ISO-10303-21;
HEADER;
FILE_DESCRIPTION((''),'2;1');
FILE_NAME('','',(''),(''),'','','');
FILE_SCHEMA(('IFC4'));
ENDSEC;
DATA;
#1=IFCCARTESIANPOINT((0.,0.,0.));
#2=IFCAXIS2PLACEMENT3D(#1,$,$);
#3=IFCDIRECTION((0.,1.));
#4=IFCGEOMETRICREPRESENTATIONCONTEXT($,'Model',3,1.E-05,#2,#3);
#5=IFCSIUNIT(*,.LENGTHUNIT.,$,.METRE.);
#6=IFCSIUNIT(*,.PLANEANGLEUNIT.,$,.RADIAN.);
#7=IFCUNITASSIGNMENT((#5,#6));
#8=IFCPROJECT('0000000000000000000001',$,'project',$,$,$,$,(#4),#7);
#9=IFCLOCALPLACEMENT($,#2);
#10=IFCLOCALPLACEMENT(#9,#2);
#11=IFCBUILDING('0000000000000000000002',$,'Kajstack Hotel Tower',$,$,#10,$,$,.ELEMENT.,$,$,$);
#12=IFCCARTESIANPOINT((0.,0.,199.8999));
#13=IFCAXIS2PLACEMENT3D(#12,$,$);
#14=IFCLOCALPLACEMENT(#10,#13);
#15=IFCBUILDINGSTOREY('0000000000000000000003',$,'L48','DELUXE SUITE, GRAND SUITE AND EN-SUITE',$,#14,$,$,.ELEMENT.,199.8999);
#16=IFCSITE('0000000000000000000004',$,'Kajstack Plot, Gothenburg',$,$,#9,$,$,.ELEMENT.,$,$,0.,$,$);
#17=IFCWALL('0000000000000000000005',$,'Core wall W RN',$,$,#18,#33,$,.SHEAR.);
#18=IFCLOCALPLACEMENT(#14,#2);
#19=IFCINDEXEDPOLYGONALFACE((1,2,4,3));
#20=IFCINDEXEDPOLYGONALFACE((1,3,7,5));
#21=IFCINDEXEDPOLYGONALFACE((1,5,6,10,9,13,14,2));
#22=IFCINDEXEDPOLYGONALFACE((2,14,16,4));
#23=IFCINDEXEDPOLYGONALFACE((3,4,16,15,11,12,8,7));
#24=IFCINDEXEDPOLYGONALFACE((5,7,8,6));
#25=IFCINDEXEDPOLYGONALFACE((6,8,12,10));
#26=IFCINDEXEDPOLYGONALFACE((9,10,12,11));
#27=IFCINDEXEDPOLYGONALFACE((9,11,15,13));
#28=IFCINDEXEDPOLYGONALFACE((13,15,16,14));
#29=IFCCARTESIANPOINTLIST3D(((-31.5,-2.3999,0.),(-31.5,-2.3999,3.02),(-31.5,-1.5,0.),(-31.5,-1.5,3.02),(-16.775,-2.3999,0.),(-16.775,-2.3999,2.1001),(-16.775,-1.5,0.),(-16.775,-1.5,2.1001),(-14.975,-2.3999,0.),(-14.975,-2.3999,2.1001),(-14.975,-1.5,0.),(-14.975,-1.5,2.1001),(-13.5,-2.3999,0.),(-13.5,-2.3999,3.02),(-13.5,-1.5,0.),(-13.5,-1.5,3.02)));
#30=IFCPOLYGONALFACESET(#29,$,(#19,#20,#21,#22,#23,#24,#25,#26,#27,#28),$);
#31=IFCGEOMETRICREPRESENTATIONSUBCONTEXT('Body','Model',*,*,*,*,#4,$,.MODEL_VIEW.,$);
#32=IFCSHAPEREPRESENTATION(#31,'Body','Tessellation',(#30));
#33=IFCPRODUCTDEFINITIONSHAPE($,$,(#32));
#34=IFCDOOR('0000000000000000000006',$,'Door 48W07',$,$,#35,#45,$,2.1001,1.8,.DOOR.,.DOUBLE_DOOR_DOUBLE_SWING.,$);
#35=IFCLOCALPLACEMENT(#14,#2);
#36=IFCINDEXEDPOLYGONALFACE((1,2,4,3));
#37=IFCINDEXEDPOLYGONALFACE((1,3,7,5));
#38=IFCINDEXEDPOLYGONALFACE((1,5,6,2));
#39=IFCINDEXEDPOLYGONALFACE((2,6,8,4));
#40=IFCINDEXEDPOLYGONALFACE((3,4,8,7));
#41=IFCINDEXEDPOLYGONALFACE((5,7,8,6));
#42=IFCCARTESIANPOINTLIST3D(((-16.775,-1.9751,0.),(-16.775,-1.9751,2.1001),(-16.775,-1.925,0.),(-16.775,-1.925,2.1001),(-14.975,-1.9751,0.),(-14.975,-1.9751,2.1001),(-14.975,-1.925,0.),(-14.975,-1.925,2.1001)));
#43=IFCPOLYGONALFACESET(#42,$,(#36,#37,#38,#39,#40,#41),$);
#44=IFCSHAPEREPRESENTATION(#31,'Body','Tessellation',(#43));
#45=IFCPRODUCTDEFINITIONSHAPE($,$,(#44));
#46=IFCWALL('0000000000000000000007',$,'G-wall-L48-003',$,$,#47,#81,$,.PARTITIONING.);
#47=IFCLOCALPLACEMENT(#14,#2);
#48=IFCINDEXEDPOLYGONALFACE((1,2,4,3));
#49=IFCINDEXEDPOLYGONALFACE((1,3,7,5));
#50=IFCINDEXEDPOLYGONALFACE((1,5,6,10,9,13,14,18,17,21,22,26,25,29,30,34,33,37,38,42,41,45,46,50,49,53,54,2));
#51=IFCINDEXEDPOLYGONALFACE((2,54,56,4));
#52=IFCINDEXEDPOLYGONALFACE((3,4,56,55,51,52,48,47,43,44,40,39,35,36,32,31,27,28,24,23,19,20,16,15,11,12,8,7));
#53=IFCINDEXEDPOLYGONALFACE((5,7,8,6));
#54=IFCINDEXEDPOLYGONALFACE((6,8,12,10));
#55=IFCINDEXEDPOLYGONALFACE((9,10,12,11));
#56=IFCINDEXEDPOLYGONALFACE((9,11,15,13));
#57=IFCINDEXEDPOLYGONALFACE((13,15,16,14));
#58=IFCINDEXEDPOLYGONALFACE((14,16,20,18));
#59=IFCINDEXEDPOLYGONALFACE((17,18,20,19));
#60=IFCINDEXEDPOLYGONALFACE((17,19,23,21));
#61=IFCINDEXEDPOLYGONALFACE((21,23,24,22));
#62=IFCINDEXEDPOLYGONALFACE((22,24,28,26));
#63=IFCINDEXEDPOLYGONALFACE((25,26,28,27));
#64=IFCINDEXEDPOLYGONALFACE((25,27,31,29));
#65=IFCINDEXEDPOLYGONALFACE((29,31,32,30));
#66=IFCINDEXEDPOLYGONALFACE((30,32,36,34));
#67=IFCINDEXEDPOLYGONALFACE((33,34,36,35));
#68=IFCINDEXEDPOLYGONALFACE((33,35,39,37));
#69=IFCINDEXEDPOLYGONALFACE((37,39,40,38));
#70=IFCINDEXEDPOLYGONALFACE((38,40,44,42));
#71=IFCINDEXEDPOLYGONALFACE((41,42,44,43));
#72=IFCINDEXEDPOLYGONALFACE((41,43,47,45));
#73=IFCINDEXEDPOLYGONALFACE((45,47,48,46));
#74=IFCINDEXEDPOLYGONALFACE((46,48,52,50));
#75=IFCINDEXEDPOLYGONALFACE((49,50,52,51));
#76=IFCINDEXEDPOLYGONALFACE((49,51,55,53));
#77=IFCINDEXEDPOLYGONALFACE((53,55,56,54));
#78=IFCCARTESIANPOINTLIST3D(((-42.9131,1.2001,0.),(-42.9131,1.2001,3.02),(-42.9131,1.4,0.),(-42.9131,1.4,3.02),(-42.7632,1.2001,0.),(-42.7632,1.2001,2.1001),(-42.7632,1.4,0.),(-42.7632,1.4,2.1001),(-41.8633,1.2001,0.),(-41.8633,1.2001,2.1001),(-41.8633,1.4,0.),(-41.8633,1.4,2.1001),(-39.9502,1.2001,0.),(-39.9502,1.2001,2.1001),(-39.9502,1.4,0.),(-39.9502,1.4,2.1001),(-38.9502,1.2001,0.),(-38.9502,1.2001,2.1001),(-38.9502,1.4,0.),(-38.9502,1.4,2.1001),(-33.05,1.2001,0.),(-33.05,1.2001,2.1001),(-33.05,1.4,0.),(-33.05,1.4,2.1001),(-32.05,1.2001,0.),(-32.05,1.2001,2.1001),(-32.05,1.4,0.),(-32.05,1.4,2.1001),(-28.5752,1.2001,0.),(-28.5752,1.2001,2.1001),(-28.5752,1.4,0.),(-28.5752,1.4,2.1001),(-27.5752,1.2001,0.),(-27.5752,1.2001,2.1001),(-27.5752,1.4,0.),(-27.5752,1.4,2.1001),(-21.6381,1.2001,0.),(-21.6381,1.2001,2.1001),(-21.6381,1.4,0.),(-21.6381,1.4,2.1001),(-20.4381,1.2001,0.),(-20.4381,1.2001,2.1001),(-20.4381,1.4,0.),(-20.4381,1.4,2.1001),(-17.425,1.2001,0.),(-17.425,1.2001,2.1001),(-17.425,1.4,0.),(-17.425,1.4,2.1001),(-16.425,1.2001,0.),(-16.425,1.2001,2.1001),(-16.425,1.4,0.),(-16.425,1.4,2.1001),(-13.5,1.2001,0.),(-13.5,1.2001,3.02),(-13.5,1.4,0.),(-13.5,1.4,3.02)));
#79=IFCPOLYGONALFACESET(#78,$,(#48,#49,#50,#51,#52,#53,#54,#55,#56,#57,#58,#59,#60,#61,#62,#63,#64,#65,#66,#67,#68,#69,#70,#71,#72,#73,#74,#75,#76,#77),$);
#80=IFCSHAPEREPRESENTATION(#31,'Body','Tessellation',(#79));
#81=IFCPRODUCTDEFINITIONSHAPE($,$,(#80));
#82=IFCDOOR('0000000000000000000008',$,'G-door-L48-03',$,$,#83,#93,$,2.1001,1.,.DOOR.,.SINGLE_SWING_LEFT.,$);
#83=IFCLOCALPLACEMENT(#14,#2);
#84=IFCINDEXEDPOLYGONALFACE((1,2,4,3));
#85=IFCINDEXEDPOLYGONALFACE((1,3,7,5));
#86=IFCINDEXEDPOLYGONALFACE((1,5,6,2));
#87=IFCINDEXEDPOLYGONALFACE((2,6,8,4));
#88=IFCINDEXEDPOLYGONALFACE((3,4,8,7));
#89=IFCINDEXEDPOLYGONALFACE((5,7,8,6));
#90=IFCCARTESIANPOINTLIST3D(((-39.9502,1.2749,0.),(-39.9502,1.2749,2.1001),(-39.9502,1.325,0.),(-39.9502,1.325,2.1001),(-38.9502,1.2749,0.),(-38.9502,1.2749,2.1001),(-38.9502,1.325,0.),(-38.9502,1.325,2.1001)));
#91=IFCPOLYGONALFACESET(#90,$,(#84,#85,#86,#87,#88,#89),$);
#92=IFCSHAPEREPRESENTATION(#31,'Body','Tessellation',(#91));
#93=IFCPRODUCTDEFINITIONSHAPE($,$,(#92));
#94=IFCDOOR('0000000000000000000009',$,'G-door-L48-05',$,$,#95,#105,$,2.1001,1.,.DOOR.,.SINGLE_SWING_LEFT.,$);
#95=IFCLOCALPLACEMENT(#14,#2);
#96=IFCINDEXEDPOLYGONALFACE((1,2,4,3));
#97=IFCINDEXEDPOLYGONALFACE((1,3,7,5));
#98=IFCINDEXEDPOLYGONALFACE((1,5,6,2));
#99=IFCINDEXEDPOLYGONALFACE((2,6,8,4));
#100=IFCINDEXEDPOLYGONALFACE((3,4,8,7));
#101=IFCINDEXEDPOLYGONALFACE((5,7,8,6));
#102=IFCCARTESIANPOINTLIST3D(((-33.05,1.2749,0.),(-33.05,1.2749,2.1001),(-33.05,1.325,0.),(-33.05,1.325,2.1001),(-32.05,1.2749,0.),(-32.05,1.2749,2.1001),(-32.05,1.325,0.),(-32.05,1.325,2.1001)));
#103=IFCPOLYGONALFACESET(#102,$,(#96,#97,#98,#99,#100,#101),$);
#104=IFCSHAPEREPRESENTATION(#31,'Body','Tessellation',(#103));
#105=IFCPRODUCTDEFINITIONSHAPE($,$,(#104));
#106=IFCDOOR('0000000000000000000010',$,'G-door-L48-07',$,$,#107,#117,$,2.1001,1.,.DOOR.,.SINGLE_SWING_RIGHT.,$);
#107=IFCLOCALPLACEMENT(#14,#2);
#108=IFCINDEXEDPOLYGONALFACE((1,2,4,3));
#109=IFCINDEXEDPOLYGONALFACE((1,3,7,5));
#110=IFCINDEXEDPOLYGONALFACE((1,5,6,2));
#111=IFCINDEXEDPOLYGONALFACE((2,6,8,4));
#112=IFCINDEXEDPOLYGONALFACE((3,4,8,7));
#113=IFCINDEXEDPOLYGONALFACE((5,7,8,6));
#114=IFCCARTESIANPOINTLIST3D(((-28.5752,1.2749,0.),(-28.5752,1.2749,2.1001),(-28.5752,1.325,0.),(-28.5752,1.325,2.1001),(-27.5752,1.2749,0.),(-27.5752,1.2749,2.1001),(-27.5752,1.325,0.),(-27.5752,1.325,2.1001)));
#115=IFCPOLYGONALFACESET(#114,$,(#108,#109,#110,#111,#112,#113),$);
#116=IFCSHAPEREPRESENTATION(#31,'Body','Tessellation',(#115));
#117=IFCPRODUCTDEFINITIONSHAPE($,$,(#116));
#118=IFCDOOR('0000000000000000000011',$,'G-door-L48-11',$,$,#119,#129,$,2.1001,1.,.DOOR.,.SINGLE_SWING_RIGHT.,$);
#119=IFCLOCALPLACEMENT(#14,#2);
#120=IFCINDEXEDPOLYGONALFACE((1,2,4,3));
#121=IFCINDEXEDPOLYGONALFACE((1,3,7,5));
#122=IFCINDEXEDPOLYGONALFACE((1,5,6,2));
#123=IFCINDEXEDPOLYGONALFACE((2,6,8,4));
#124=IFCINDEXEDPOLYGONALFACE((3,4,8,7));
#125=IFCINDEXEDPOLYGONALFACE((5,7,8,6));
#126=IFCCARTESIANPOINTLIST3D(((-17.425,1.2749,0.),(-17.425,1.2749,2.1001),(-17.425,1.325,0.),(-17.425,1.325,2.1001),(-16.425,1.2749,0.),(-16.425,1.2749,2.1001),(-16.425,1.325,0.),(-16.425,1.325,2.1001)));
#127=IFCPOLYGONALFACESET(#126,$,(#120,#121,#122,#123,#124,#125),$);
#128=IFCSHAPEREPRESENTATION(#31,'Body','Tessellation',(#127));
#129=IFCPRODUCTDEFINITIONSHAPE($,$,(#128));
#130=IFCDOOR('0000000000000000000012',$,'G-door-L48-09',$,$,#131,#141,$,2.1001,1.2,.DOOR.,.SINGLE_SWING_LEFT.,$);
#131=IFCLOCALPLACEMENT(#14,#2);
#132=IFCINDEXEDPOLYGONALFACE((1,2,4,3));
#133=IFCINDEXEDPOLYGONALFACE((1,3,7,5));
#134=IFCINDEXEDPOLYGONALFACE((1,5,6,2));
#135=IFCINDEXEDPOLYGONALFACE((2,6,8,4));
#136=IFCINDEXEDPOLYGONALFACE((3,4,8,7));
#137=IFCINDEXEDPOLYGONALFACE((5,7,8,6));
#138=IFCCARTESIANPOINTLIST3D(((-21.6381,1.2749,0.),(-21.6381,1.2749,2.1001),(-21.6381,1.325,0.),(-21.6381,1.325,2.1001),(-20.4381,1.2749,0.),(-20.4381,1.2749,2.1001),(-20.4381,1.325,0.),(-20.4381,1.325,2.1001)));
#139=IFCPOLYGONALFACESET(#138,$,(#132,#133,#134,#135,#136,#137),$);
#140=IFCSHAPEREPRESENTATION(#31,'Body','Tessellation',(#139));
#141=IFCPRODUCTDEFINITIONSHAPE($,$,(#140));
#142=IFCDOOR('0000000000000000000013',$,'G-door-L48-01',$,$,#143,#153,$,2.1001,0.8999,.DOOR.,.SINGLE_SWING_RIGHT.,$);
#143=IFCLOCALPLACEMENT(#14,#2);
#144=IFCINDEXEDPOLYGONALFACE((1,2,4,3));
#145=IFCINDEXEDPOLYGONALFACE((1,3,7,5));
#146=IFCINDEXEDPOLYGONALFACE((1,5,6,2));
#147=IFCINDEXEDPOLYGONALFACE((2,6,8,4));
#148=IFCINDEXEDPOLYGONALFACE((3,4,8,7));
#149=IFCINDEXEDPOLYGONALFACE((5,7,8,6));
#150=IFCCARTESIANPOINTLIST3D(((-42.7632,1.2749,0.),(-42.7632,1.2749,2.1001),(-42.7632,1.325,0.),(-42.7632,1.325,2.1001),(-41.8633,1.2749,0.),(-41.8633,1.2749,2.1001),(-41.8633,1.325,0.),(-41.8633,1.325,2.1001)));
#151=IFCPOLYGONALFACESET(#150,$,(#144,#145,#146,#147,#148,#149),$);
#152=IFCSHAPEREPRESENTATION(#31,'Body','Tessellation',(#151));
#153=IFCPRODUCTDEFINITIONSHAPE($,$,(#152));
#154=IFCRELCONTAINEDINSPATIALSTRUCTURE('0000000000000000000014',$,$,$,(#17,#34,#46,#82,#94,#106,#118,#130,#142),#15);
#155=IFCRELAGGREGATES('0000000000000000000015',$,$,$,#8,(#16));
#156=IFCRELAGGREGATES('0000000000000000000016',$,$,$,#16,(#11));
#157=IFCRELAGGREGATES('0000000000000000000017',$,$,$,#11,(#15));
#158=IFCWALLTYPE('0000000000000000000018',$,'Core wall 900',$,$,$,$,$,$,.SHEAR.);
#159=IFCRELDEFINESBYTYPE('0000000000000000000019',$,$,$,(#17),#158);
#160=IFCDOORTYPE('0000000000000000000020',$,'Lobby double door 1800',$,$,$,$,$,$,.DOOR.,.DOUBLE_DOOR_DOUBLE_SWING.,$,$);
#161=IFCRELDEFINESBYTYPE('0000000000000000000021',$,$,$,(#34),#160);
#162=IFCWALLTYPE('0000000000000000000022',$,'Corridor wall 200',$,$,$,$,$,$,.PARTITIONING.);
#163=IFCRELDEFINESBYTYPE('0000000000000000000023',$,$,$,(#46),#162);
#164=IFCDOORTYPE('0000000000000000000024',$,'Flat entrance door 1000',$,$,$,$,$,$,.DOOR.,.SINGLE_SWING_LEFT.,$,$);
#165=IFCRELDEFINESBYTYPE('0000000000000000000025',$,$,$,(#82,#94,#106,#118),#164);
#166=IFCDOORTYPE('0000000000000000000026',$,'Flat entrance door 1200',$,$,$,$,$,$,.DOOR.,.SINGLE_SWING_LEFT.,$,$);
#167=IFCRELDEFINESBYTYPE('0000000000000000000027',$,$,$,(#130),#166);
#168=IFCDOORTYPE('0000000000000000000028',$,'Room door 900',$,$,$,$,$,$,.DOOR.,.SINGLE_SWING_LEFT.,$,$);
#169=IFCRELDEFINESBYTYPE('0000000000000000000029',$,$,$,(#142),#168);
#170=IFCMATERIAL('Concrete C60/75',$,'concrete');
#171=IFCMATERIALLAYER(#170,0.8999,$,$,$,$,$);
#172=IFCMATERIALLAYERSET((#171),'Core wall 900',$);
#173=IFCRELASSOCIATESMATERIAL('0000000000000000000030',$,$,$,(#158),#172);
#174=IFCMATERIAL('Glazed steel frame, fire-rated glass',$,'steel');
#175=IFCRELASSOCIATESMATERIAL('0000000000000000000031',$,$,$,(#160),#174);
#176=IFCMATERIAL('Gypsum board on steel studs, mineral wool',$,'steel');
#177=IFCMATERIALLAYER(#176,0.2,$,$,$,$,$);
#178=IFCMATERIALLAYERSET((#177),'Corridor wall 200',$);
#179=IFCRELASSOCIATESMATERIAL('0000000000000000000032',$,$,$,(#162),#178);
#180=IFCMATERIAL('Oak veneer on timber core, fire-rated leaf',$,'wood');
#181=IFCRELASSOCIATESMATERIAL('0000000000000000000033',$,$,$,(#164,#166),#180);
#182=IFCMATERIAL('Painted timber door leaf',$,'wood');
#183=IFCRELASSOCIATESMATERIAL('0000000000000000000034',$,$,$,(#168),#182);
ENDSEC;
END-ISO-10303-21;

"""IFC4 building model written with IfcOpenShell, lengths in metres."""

from ifc_helpers import new_model, si_unit, direction, frame, frame_2d, origin, place, context, subcontext, project, spatial, rectangle, extrude, material, layer, layer_set, type_object, element, fill, save


model = new_model("IFC4")

# Units and contexts
model_context = context("Model", 3, precision=1e-05, world=origin(), true_north=direction((0.0, 1.0)))
body_context = subcontext(model_context, "Body", "Model", "MODEL_VIEW")
ifc_project = project(units=[si_unit("LENGTHUNIT", "METRE"), si_unit("PLANEANGLEUNIT", "RADIAN")], contexts=[model_context])

# Site, building, storey
site_placement = place(None, origin())
site = spatial("IfcSite", under=ifc_project, at=site_placement, Name="Kajstack Plot, Gothenburg", CompositionType="ELEMENT", RefElevation=0.0)
building_placement = place(site_placement, origin())
building = spatial("IfcBuilding", under=site, at=building_placement, Name="Kajstack Hotel Tower", CompositionType="ELEMENT")
storey_placement = place(building_placement, frame((0.0, 0.0, 199.8999)))
storey = spatial("IfcBuildingStorey", under=building, at=storey_placement, Name="L48", Description="DELUXE SUITE, GRAND SUITE AND EN-SUITE", CompositionType="ELEMENT", Elevation=199.8999)

# Wall, opening, door
ifc_material_1 = material(Name="Concrete C60/75", Category="concrete")
ifc_layer_1 = layer(ifc_material_1, 0.8999)
ifc_layer_set_1 = layer_set([ifc_layer_1], Name="Core wall 900")
wall_type_1 = type_object("IfcWallType", Name="Core wall 900", PredefinedType="SHEAR", material=ifc_layer_set_1)
wall_1_placement = place(storey_placement, frame((-31.5, -1.95, 0.0), z_axis=(0.0, 0.0, 1.0), x_axis=(1.0, 0.0, 0.0)))
wall_1 = element("IfcWall", 1, at=wall_1_placement, inside=storey, type_object=wall_type_1, Name="Core wall W RN", PredefinedType="SHEAR", context=body_context, shape_type="SweptSolid", body=[
    extrude(rectangle(XDim=18.0, YDim=0.8999, at=frame_2d((9.0, 0.0))), origin(), (0.0, 0.0, 1.0), 3.02),
])
opening_1_placement = place(wall_1_placement, frame((14.7251, 0.0, 0.0)))
opening_1 = element("IfcOpeningElement", 2, at=opening_1_placement, cuts=wall_1, PredefinedType="OPENING", context=body_context, shape_type="SweptSolid", body=[
    extrude(rectangle(XDim=1.8, YDim=2.1001, at=frame_2d((0.8999, 1.05))), frame((0.0, 0.46, 0.0), z_axis=(0.0, -1.0, 0.0), x_axis=(1.0, 0.0, 0.0)), (0.0, 0.0, 1.0), 0.9199),
])
ifc_material_2 = material(Name="Glazed steel frame, fire-rated glass", Category="steel")
door_type_1 = type_object("IfcDoorType", Name="Lobby double door 1800", OperationType="DOUBLE_DOOR_DOUBLE_SWING", PredefinedType="DOOR", material=ifc_material_2)
door_1_placement = place(opening_1_placement, origin())
door_1 = element("IfcDoor", 3, at=door_1_placement, inside=storey, type_object=door_type_1, Name="Door 48W07", OperationType="DOUBLE_DOOR_DOUBLE_SWING", OverallHeight=2.1001, OverallWidth=1.8, PredefinedType="DOOR", context=body_context, shape_type="SweptSolid", body=[
    extrude(rectangle(XDim=1.8, YDim=2.1001, at=frame_2d((0.8999, 1.05))), frame((0.0, 0.0249, 0.0), z_axis=(0.0, -1.0, 0.0), x_axis=(1.0, 0.0, 0.0)), (0.0, 0.0, 1.0), 0.05),
])
fill(opening_1, door_1)

# Wall, openings, doors
ifc_material_3 = material(Name="Gypsum board on steel studs, mineral wool", Category="steel")
ifc_layer_2 = layer(ifc_material_3, 0.2)
ifc_layer_set_2 = layer_set([ifc_layer_2], Name="Corridor wall 200")
wall_type_2 = type_object("IfcWallType", Name="Corridor wall 200", PredefinedType="PARTITIONING", material=ifc_layer_set_2)
wall_2_placement = place(storey_placement, frame((-42.9131, 1.3, 0.0), z_axis=(0.0, 0.0, 1.0), x_axis=(1.0, 0.0, 0.0)))
wall_2 = element("IfcWall", 4, at=wall_2_placement, inside=storey, type_object=wall_type_2, Name="G-wall-L48-003", PredefinedType="PARTITIONING", context=body_context, shape_type="SweptSolid", body=[
    extrude(rectangle(XDim=29.4131, YDim=0.2, at=frame_2d((14.7065, 0.0))), origin(), (0.0, 0.0, 1.0), 3.02),
])
opening_2_placement = place(wall_2_placement, frame((0.1499, 0.0, 0.0)))
opening_2 = element("IfcOpeningElement", 5, at=opening_2_placement, cuts=wall_2, PredefinedType="OPENING", context=body_context, shape_type="SweptSolid", body=[
    extrude(rectangle(XDim=0.8999, YDim=2.1001, at=frame_2d((0.45, 1.05))), frame((0.0, 0.1099, 0.0), z_axis=(0.0, -1.0, 0.0), x_axis=(1.0, 0.0, 0.0)), (0.0, 0.0, 1.0), 0.22),
])
opening_3_placement = place(wall_2_placement, frame((2.9629, 0.0, 0.0)))
opening_3 = element("IfcOpeningElement", 6, at=opening_3_placement, cuts=wall_2, PredefinedType="OPENING", context=body_context, shape_type="SweptSolid", body=[
    extrude(rectangle(XDim=1.0, YDim=2.1001, at=frame_2d((0.5, 1.05))), frame((0.0, 0.1099, 0.0), z_axis=(0.0, -1.0, 0.0), x_axis=(1.0, 0.0, 0.0)), (0.0, 0.0, 1.0), 0.22),
])
opening_4_placement = place(wall_2_placement, frame((9.863, 0.0, 0.0)))
opening_4 = element("IfcOpeningElement", 7, at=opening_4_placement, cuts=wall_2, PredefinedType="OPENING", context=body_context, shape_type="SweptSolid", body=[
    extrude(rectangle(XDim=1.0, YDim=2.1001, at=frame_2d((0.5, 1.05))), frame((0.0, 0.1099, 0.0), z_axis=(0.0, -1.0, 0.0), x_axis=(1.0, 0.0, 0.0)), (0.0, 0.0, 1.0), 0.22),
])
opening_5_placement = place(wall_2_placement, frame((14.3379, 0.0, 0.0)))
opening_5 = element("IfcOpeningElement", 8, at=opening_5_placement, cuts=wall_2, PredefinedType="OPENING", context=body_context, shape_type="SweptSolid", body=[
    extrude(rectangle(XDim=1.0, YDim=2.1001, at=frame_2d((0.5, 1.05))), frame((0.0, 0.1099, 0.0), z_axis=(0.0, -1.0, 0.0), x_axis=(1.0, 0.0, 0.0)), (0.0, 0.0, 1.0), 0.22),
])
opening_6_placement = place(wall_2_placement, frame((21.2749, 0.0, 0.0)))
opening_6 = element("IfcOpeningElement", 9, at=opening_6_placement, cuts=wall_2, PredefinedType="OPENING", context=body_context, shape_type="SweptSolid", body=[
    extrude(rectangle(XDim=1.2, YDim=2.1001, at=frame_2d((0.6001, 1.05))), frame((0.0, 0.1099, 0.0), z_axis=(0.0, -1.0, 0.0), x_axis=(1.0, 0.0, 0.0)), (0.0, 0.0, 1.0), 0.22),
])
opening_7_placement = place(wall_2_placement, frame((25.488, 0.0, 0.0)))
opening_7 = element("IfcOpeningElement", 10, at=opening_7_placement, cuts=wall_2, PredefinedType="OPENING", context=body_context, shape_type="SweptSolid", body=[
    extrude(rectangle(XDim=1.0, YDim=2.1001, at=frame_2d((0.5, 1.05))), frame((0.0, 0.1099, 0.0), z_axis=(0.0, -1.0, 0.0), x_axis=(1.0, 0.0, 0.0)), (0.0, 0.0, 1.0), 0.22),
])
ifc_material_4 = material(Name="Oak veneer on timber core, fire-rated leaf", Category="wood")
door_type_2 = type_object("IfcDoorType", Name="Flat entrance door 1000", OperationType="SINGLE_SWING_LEFT", PredefinedType="DOOR", material=ifc_material_4)
door_2_placement = place(opening_3_placement, origin())
door_2 = element("IfcDoor", 11, at=door_2_placement, inside=storey, type_object=door_type_2, Name="G-door-L48-03", OperationType="SINGLE_SWING_LEFT", OverallHeight=2.1001, OverallWidth=1.0, PredefinedType="DOOR", context=body_context, shape_type="SweptSolid", body=[
    extrude(rectangle(XDim=1.0, YDim=2.1001, at=frame_2d((0.5, 1.05))), frame((0.0, 0.0249, 0.0), z_axis=(0.0, -1.0, 0.0), x_axis=(1.0, 0.0, 0.0)), (0.0, 0.0, 1.0), 0.05),
])
fill(opening_3, door_2)
door_3_placement = place(opening_4_placement, origin())
door_3 = element("IfcDoor", 12, at=door_3_placement, inside=storey, type_object=door_type_2, Name="G-door-L48-05", OperationType="SINGLE_SWING_LEFT", OverallHeight=2.1001, OverallWidth=1.0, PredefinedType="DOOR", context=body_context, shape_type="SweptSolid", body=[
    extrude(rectangle(XDim=1.0, YDim=2.1001, at=frame_2d((0.5, 1.05))), frame((0.0, 0.0249, 0.0), z_axis=(0.0, -1.0, 0.0), x_axis=(1.0, 0.0, 0.0)), (0.0, 0.0, 1.0), 0.05),
])
fill(opening_4, door_3)
door_4_placement = place(opening_5_placement, origin())
door_4 = element("IfcDoor", 13, at=door_4_placement, inside=storey, type_object=door_type_2, Name="G-door-L48-07", OperationType="SINGLE_SWING_RIGHT", OverallHeight=2.1001, OverallWidth=1.0, PredefinedType="DOOR", context=body_context, shape_type="SweptSolid", body=[
    extrude(rectangle(XDim=1.0, YDim=2.1001, at=frame_2d((0.5, 1.05))), frame((0.0, 0.0249, 0.0), z_axis=(0.0, -1.0, 0.0), x_axis=(1.0, 0.0, 0.0)), (0.0, 0.0, 1.0), 0.05),
])
fill(opening_5, door_4)
door_5_placement = place(opening_7_placement, origin())
door_5 = element("IfcDoor", 14, at=door_5_placement, inside=storey, type_object=door_type_2, Name="G-door-L48-11", OperationType="SINGLE_SWING_RIGHT", OverallHeight=2.1001, OverallWidth=1.0, PredefinedType="DOOR", context=body_context, shape_type="SweptSolid", body=[
    extrude(rectangle(XDim=1.0, YDim=2.1001, at=frame_2d((0.5, 1.05))), frame((0.0, 0.0249, 0.0), z_axis=(0.0, -1.0, 0.0), x_axis=(1.0, 0.0, 0.0)), (0.0, 0.0, 1.0), 0.05),
])
fill(opening_7, door_5)
door_type_3 = type_object("IfcDoorType", Name="Flat entrance door 1200", OperationType="SINGLE_SWING_LEFT", PredefinedType="DOOR", material=ifc_material_4)
door_6_placement = place(opening_6_placement, origin())
door_6 = element("IfcDoor", 15, at=door_6_placement, inside=storey, type_object=door_type_3, Name="G-door-L48-09", OperationType="SINGLE_SWING_LEFT", OverallHeight=2.1001, OverallWidth=1.2, PredefinedType="DOOR", context=body_context, shape_type="SweptSolid", body=[
    extrude(rectangle(XDim=1.2, YDim=2.1001, at=frame_2d((0.6001, 1.05))), frame((0.0, 0.0249, 0.0), z_axis=(0.0, -1.0, 0.0), x_axis=(1.0, 0.0, 0.0)), (0.0, 0.0, 1.0), 0.05),
])
fill(opening_6, door_6)
ifc_material_5 = material(Name="Painted timber door leaf", Category="wood")
door_type_4 = type_object("IfcDoorType", Name="Room door 900", OperationType="SINGLE_SWING_LEFT", PredefinedType="DOOR", material=ifc_material_5)
door_7_placement = place(opening_2_placement, origin())
door_7 = element("IfcDoor", 16, at=door_7_placement, inside=storey, type_object=door_type_4, Name="G-door-L48-01", OperationType="SINGLE_SWING_RIGHT", OverallHeight=2.1001, OverallWidth=0.8999, PredefinedType="DOOR", context=body_context, shape_type="SweptSolid", body=[
    extrude(rectangle(XDim=0.8999, YDim=2.1001, at=frame_2d((0.45, 1.05))), frame((0.0, 0.0249, 0.0), z_axis=(0.0, -1.0, 0.0), x_axis=(1.0, 0.0, 0.0)), (0.0, 0.0, 1.0), 0.05),
])
fill(opening_2, door_7)

save(model, "model.ifc")
